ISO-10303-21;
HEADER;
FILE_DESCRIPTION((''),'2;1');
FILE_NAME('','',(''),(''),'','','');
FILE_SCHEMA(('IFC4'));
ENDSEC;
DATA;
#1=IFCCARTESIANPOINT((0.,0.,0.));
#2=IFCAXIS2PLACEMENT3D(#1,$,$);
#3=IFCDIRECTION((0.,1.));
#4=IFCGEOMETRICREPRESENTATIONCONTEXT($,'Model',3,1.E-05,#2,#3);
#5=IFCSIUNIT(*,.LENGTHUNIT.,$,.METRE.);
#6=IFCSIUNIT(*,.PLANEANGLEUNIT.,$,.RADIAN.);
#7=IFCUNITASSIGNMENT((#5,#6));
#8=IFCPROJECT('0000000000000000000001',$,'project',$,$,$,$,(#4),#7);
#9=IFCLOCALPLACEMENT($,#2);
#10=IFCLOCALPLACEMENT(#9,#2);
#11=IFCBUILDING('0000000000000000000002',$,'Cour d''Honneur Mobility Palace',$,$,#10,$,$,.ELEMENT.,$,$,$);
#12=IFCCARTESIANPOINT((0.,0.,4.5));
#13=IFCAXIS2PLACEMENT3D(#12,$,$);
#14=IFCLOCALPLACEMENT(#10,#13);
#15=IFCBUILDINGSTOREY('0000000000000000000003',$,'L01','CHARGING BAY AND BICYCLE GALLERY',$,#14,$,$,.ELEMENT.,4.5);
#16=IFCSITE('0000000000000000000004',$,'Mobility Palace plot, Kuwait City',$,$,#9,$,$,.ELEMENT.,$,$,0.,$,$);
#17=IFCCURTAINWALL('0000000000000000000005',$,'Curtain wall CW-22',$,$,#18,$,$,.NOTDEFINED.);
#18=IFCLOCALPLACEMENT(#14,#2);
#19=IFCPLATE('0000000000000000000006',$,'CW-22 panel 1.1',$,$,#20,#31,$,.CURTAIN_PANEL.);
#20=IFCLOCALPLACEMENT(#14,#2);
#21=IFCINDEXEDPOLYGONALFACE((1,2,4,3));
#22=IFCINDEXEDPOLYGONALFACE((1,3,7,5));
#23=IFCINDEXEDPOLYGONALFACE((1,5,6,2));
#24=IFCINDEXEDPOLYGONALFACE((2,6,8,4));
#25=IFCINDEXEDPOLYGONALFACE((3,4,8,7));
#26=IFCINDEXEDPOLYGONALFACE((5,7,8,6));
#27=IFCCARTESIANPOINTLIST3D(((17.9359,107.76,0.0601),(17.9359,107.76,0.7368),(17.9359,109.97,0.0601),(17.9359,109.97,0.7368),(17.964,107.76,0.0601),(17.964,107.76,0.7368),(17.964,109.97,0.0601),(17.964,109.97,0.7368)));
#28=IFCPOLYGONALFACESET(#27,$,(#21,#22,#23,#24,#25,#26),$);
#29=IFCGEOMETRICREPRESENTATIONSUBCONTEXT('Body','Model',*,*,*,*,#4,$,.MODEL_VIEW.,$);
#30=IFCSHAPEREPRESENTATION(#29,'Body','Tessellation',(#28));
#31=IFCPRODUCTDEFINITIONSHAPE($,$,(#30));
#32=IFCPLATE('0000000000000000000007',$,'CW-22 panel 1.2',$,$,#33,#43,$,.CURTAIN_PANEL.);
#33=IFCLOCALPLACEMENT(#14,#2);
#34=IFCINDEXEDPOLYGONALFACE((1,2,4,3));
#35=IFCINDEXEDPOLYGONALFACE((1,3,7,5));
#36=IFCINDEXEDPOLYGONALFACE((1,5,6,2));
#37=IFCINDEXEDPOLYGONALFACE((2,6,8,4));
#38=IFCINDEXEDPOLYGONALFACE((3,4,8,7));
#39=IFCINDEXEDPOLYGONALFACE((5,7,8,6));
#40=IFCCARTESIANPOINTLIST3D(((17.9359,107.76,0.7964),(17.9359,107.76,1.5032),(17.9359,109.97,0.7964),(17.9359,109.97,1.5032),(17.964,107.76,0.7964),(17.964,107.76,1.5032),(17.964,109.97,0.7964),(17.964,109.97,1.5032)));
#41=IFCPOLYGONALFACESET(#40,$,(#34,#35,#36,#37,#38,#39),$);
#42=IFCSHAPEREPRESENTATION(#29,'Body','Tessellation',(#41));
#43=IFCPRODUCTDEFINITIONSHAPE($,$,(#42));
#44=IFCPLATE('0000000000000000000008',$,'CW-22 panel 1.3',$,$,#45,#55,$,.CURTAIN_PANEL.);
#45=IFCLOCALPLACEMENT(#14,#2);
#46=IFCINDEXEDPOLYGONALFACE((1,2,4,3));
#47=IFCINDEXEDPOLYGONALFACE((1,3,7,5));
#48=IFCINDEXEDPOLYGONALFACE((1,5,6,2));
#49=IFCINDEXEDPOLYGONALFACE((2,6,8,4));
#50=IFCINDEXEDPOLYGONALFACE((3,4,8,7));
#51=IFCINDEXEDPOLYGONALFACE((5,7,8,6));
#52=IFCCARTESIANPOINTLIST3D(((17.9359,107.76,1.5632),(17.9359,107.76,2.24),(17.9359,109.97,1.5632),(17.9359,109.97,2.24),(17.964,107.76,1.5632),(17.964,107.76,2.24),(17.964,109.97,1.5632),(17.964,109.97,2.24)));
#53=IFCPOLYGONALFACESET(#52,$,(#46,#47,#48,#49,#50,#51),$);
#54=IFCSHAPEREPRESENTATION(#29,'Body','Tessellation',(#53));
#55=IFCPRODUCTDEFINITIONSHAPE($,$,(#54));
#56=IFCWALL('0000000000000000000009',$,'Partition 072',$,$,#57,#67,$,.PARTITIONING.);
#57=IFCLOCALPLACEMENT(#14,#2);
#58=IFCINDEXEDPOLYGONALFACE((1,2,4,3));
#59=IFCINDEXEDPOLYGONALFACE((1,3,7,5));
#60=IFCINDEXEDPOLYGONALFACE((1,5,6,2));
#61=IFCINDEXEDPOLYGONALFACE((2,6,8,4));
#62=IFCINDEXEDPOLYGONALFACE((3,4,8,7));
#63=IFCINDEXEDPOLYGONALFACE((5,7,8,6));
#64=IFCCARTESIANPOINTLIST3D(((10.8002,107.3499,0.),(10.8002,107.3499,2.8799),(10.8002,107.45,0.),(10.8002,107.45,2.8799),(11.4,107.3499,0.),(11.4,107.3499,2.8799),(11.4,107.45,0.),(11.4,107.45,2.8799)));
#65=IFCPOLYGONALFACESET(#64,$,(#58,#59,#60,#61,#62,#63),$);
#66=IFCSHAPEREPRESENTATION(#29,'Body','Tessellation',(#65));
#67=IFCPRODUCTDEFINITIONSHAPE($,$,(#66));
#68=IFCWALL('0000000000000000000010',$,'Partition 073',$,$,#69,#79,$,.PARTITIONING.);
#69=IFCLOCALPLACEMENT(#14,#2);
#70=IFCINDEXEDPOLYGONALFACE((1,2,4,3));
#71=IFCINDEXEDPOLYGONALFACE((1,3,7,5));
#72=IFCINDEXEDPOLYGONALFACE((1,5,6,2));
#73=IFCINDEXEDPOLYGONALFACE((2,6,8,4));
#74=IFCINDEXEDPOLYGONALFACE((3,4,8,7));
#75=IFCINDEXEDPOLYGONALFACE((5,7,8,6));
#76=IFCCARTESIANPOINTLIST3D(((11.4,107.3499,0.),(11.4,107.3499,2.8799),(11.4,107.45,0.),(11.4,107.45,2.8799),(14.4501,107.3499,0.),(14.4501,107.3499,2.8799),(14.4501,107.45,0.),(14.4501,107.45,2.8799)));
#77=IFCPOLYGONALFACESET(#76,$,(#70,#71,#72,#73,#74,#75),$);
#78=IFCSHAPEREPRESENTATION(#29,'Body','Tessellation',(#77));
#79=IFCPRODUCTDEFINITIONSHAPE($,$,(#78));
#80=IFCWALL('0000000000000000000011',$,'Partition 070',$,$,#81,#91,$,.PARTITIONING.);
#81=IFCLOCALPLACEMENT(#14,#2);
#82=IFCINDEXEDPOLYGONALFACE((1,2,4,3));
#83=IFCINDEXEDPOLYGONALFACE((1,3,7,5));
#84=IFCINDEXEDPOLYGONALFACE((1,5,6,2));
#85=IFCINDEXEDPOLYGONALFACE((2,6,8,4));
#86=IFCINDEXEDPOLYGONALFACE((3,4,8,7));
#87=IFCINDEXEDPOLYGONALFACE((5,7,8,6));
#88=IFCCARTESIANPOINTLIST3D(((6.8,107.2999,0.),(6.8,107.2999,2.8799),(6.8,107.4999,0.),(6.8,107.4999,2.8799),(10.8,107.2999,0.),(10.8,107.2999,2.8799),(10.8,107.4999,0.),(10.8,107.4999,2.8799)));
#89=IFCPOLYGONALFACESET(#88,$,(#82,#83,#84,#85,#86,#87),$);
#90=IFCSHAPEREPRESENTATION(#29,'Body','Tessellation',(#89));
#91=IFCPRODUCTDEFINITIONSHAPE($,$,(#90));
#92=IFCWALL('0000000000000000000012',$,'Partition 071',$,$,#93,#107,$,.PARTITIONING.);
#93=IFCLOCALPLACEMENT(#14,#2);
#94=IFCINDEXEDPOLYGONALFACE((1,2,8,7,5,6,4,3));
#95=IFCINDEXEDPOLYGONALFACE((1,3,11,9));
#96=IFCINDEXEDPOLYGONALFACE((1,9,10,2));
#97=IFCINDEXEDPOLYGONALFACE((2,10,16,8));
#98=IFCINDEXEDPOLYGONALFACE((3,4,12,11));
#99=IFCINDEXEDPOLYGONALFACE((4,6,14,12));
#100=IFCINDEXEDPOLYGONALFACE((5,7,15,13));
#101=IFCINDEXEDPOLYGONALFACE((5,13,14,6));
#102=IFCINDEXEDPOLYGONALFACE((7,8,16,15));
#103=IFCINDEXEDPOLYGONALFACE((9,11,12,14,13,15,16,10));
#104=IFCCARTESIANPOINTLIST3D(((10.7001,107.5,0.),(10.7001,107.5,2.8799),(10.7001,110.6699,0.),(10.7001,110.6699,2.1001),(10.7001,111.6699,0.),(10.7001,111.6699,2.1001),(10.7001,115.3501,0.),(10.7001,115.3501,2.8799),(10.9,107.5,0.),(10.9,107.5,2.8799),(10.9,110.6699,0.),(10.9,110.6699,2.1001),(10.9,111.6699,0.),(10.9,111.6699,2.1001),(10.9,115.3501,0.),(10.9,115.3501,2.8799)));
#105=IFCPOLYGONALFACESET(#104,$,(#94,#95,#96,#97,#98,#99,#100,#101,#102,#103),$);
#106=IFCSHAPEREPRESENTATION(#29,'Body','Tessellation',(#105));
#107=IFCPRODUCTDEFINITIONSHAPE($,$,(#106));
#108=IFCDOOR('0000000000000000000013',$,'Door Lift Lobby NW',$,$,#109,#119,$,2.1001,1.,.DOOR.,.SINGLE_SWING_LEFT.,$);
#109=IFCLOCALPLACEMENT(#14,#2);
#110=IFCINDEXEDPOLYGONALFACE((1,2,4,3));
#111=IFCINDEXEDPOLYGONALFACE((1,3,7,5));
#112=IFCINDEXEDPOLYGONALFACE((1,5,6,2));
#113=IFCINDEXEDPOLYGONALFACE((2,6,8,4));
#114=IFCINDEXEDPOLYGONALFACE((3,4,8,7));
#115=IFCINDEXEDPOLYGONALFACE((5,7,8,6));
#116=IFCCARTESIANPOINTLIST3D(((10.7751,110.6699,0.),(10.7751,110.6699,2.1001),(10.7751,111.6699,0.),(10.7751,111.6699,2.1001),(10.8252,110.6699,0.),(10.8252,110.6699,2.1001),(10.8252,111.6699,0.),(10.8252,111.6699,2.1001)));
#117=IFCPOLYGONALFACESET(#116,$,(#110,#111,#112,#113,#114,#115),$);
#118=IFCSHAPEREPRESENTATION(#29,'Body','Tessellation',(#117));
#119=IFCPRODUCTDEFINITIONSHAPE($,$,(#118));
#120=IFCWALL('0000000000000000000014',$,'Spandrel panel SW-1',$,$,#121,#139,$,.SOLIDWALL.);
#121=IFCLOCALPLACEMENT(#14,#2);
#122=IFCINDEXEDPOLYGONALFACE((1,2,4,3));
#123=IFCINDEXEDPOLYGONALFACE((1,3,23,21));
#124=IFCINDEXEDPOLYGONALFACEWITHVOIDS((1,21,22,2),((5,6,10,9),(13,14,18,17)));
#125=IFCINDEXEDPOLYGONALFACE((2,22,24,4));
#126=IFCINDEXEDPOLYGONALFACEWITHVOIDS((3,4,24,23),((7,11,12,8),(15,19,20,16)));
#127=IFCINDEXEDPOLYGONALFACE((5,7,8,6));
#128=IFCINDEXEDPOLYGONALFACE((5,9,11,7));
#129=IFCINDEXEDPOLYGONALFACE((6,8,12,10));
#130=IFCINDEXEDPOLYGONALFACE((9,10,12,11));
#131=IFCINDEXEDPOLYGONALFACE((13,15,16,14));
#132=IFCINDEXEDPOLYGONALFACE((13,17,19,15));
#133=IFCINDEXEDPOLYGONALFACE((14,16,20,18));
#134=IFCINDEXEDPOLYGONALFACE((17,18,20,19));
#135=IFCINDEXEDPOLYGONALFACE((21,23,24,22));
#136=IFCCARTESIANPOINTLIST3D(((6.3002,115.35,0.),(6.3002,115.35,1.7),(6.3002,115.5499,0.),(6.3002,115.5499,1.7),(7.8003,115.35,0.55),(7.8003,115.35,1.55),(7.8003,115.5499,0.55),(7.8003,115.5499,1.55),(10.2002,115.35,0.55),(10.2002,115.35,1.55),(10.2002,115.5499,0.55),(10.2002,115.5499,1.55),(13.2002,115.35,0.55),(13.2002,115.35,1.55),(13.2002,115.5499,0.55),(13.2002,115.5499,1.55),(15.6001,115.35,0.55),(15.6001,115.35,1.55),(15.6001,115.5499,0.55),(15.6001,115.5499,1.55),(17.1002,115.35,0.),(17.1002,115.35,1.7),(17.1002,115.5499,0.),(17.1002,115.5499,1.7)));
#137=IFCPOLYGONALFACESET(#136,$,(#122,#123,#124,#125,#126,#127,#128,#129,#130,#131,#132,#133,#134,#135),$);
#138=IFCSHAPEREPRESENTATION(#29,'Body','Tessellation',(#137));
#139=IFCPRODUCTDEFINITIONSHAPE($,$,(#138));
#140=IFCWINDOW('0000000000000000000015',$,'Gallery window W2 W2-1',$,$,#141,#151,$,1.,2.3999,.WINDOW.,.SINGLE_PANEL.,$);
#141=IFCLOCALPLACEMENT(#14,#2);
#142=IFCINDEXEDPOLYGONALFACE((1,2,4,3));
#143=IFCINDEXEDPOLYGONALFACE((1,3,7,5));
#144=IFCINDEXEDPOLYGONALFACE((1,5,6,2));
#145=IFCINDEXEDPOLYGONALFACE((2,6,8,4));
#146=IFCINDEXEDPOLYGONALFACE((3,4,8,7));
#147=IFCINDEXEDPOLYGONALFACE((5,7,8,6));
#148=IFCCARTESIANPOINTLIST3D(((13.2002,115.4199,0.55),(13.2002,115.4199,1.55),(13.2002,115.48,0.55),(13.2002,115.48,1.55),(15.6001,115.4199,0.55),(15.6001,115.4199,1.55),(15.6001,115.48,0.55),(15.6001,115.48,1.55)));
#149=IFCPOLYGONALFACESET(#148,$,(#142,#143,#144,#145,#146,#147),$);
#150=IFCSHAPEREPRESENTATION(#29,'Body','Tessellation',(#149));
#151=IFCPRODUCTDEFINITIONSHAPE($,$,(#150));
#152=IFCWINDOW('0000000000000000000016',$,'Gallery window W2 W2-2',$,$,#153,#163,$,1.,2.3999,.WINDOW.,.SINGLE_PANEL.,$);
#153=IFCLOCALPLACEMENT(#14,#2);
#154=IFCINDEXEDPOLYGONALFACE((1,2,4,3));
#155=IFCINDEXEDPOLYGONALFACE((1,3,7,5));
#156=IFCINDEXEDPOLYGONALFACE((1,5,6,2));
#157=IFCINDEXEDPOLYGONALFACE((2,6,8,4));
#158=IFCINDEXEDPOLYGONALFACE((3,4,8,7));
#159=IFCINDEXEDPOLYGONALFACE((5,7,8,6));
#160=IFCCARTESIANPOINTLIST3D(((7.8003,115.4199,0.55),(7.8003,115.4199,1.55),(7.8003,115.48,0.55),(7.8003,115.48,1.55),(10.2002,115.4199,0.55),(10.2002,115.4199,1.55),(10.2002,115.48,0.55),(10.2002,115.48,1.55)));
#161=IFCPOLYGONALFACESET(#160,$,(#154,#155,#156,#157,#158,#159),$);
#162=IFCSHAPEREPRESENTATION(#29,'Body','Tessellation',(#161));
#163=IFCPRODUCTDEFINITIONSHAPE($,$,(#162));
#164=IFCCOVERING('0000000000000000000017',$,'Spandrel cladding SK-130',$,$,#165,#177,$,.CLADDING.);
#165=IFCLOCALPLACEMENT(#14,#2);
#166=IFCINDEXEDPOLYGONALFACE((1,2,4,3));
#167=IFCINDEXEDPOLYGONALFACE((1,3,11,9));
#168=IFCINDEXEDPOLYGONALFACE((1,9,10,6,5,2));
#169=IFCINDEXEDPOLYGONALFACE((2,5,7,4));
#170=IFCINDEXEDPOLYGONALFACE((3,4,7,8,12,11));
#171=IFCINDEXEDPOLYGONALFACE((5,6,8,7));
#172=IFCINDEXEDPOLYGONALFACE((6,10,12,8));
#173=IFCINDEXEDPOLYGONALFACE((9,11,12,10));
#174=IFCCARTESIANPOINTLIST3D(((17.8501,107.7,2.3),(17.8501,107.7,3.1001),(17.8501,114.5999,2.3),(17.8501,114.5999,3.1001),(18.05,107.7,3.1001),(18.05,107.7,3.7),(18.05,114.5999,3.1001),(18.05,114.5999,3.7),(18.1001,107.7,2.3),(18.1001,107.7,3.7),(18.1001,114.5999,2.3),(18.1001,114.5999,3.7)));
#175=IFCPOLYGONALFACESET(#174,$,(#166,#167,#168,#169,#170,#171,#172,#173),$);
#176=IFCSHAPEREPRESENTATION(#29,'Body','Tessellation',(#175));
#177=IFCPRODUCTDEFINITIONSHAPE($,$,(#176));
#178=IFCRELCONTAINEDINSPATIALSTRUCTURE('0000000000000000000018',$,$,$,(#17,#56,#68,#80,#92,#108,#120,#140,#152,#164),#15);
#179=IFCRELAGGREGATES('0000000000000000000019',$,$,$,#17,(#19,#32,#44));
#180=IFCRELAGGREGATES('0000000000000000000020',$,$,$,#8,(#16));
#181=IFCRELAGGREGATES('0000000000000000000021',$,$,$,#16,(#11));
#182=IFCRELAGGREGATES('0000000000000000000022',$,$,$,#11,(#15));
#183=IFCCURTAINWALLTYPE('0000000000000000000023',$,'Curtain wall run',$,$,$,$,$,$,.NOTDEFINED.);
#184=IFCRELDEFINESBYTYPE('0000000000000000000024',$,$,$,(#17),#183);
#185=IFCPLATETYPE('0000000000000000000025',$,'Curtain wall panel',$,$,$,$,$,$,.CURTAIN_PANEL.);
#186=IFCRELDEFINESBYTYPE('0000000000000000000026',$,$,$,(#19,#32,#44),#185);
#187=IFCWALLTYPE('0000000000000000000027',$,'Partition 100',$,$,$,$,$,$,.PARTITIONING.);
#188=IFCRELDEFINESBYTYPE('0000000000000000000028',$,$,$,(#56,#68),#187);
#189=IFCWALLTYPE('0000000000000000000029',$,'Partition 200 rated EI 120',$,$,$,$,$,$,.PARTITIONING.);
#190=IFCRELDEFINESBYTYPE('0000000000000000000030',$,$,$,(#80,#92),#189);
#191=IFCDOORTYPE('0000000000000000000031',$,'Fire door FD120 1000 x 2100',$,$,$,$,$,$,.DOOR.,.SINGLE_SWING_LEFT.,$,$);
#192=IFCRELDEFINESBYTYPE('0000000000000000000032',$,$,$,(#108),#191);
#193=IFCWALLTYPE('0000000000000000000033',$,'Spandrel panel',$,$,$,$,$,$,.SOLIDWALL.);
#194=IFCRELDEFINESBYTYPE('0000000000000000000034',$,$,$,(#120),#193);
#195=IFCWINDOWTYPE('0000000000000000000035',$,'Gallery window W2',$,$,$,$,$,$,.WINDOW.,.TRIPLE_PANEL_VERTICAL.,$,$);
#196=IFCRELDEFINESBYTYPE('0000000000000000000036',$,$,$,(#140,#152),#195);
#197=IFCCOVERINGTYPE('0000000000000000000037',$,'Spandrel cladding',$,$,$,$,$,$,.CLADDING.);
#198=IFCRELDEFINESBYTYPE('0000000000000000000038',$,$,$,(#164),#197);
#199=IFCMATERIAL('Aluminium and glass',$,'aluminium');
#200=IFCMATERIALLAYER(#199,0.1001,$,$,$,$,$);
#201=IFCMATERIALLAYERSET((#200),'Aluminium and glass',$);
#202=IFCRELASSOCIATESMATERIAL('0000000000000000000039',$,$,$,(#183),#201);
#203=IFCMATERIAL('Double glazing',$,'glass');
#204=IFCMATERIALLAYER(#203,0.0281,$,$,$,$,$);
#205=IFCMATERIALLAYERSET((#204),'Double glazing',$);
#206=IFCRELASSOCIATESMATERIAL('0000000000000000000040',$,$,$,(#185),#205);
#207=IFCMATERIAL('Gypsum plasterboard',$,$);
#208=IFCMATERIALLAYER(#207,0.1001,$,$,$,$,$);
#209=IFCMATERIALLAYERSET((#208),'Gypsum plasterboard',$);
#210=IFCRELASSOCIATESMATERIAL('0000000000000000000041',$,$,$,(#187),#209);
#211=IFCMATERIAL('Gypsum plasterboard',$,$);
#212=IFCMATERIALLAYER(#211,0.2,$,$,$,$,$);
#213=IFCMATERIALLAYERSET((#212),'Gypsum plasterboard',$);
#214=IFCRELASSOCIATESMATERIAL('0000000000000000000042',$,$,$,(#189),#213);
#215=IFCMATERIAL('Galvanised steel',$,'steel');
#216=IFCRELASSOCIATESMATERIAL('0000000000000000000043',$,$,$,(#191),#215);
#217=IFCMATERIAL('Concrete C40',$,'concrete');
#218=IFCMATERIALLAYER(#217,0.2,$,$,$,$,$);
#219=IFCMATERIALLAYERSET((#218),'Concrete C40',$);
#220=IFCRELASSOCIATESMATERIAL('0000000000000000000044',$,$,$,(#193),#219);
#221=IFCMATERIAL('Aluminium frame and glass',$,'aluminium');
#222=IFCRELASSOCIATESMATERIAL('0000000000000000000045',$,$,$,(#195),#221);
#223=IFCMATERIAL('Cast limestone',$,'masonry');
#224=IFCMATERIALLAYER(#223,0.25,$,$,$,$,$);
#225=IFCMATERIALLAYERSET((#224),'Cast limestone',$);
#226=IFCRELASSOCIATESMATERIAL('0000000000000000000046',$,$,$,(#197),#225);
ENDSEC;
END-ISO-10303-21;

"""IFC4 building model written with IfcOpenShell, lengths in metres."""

from ifc_helpers import new_model, si_unit, direction, frame, frame_2d, origin, origin_2d, place, context, subcontext, project, spatial, polyline, rectangle, outline, extrude, material, layer, layer_set, type_object, element, fill, aggregate, save


model = new_model("IFC4")

# Units and contexts
model_context = context("Model", 3, precision=1e-05, world=origin(), true_north=direction((0.0, 1.0)))
body_context = subcontext(model_context, "Body", "Model", "MODEL_VIEW")
ifc_project = project(units=[si_unit("LENGTHUNIT", "METRE"), si_unit("PLANEANGLEUNIT", "RADIAN")], contexts=[model_context])

# Site, building, storey
site_placement = place(None, origin())
site = spatial("IfcSite", under=ifc_project, at=site_placement, Name="Mobility Palace plot, Kuwait City", CompositionType="ELEMENT", RefElevation=0.0)
building_placement = place(site_placement, origin())
building = spatial("IfcBuilding", under=site, at=building_placement, Name="Cour d'Honneur Mobility Palace", CompositionType="ELEMENT")
storey_placement = place(building_placement, frame((0.0, 0.0, 4.5)))
storey = spatial("IfcBuildingStorey", under=building, at=storey_placement, Name="L01", Description="CHARGING BAY AND BICYCLE GALLERY", CompositionType="ELEMENT", Elevation=4.5)

# Shared definitions
ifc_material_1 = material(Name="Aluminium and glass", Category="aluminium")
ifc_layer_1 = layer(ifc_material_1, 0.1001)
ifc_layer_set_1 = layer_set([ifc_layer_1], Name="Aluminium and glass")
curtain_wall_type = type_object("IfcCurtainWallType", Name="Curtain wall run", PredefinedType="NOTDEFINED", material=ifc_layer_set_1)

# Curtain wall
curtain_wall_1_placement = place(storey_placement, origin())
curtain_wall_1 = element("IfcCurtainWall", 1, at=curtain_wall_1_placement, inside=storey, type_object=curtain_wall_type, Name="Curtain wall CW-22", PredefinedType="NOTDEFINED")

# Plates
ifc_material_2 = material(Name="Double glazing", Category="glass")
ifc_layer_2 = layer(ifc_material_2, 0.0281)
ifc_layer_set_2 = layer_set([ifc_layer_2], Name="Double glazing")
plate_type = type_object("IfcPlateType", Name="Curtain wall panel", PredefinedType="CURTAIN_PANEL", material=ifc_layer_set_2)
plate_1_placement = place(storey_placement, frame((17.95, 108.865, 0.0601), z_axis=(0.0, 0.0, 1.0), x_axis=(0.0, 1.0, 0.0)))
plate_1 = element("IfcPlate", 2, at=plate_1_placement, type_object=plate_type, Name="CW-22 panel 1.1", PredefinedType="CURTAIN_PANEL", context=body_context, shape_type="SweptSolid", body=[
    extrude(rectangle(XDim=2.21, YDim=0.0281, at=origin_2d()), origin(), (0.0, 0.0, 1.0), 0.6768),
])
plate_2_placement = place(storey_placement, frame((17.95, 108.865, 0.7964), z_axis=(0.0, 0.0, 1.0), x_axis=(0.0, 1.0, 0.0)))
plate_2 = element("IfcPlate", 3, at=plate_2_placement, type_object=plate_type, Name="CW-22 panel 1.2", PredefinedType="CURTAIN_PANEL", context=body_context, shape_type="SweptSolid", body=[
    extrude(rectangle(XDim=2.21, YDim=0.0281, at=origin_2d()), origin(), (0.0, 0.0, 1.0), 0.7068),
])
plate_3_placement = place(storey_placement, frame((17.95, 108.865, 1.5632), z_axis=(0.0, 0.0, 1.0), x_axis=(0.0, 1.0, 0.0)))
plate_3 = element("IfcPlate", 4, at=plate_3_placement, type_object=plate_type, Name="CW-22 panel 1.3", PredefinedType="CURTAIN_PANEL", context=body_context, shape_type="SweptSolid", body=[
    extrude(rectangle(XDim=2.21, YDim=0.0281, at=origin_2d()), origin(), (0.0, 0.0, 1.0), 0.6768),
])
aggregate(curtain_wall_1, [plate_1, plate_2, plate_3])

# Walls
ifc_material_3 = material(Name="Gypsum plasterboard")
ifc_layer_3 = layer(ifc_material_3, 0.1001)
ifc_layer_set_3 = layer_set([ifc_layer_3], Name="Gypsum plasterboard")
wall_type_1 = type_object("IfcWallType", Name="Partition 100", PredefinedType="PARTITIONING", material=ifc_layer_set_3)
wall_1_placement = place(storey_placement, frame((11.3999, 107.3999, 0.0), z_axis=(0.0, 0.0, 1.0), x_axis=(-1.0, 0.0, 0.0)))
element("IfcWall", 5, at=wall_1_placement, inside=storey, type_object=wall_type_1, Name="Partition 072", PredefinedType="PARTITIONING", context=body_context, shape_type="SweptSolid", body=[
    extrude(rectangle(XDim=0.5999, YDim=0.1001, at=frame_2d((0.2998, 0.0))), origin(), (0.0, 0.0, 1.0), 2.8799),
])
wall_2_placement = place(storey_placement, frame((14.45, 107.3999, 0.0), z_axis=(0.0, 0.0, 1.0), x_axis=(-1.0, 0.0, 0.0)))
element("IfcWall", 6, at=wall_2_placement, inside=storey, type_object=wall_type_1, Name="Partition 073", PredefinedType="PARTITIONING", context=body_context, shape_type="SweptSolid", body=[
    extrude(rectangle(XDim=3.05, YDim=0.1001, at=frame_2d((1.5249, 0.0))), origin(), (0.0, 0.0, 1.0), 2.8799),
])
ifc_material_4 = material(Name="Gypsum plasterboard")
ifc_layer_4 = layer(ifc_material_4, 0.2)
ifc_layer_set_4 = layer_set([ifc_layer_4], Name="Gypsum plasterboard")
wall_type_2 = type_object("IfcWallType", Name="Partition 200 rated EI 120", PredefinedType="PARTITIONING", material=ifc_layer_set_4)
wall_3_placement = place(storey_placement, frame((6.8, 107.3999, 0.0), z_axis=(0.0, 0.0, 1.0), x_axis=(1.0, 0.0, 0.0)))
element("IfcWall", 7, at=wall_3_placement, inside=storey, type_object=wall_type_2, Name="Partition 070", PredefinedType="PARTITIONING", context=body_context, shape_type="SweptSolid", body=[
    extrude(rectangle(XDim=4.0, YDim=0.2, at=frame_2d((2.0, 0.0))), origin(), (0.0, 0.0, 1.0), 2.8799),
])

# Wall, opening, door
wall_4_placement = place(storey_placement, frame((10.8, 107.5, 0.0), z_axis=(0.0, 0.0, 1.0), x_axis=(0.0, 1.0, 0.0)))
wall_4 = element("IfcWall", 8, at=wall_4_placement, inside=storey, type_object=wall_type_2, Name="Partition 071", PredefinedType="PARTITIONING", context=body_context, shape_type="SweptSolid", body=[
    extrude(rectangle(XDim=7.8501, YDim=0.2, at=frame_2d((3.925, 0.0))), origin(), (0.0, 0.0, 1.0), 2.8799),
])
opening_1_placement = place(wall_4_placement, frame((3.1699, 0.0, 0.0)))
opening_1 = element("IfcOpeningElement", 9, at=opening_1_placement, cuts=wall_4, PredefinedType="OPENING", context=body_context, shape_type="SweptSolid", body=[
    extrude(rectangle(XDim=1.0, YDim=2.1001, at=frame_2d((0.5, 1.05))), frame((0.0, 0.1099, 0.0), z_axis=(0.0, -1.0, 0.0), x_axis=(1.0, 0.0, 0.0)), (0.0, 0.0, 1.0), 0.22),
])
ifc_material_5 = material(Name="Galvanised steel", Category="steel")
door_type = type_object("IfcDoorType", Name="Fire door FD120 1000 x 2100", OperationType="SINGLE_SWING_LEFT", PredefinedType="DOOR", material=ifc_material_5)
door_placement = place(opening_1_placement, origin())
door = element("IfcDoor", 10, at=door_placement, inside=storey, type_object=door_type, Name="Door Lift Lobby NW", OperationType="SINGLE_SWING_LEFT", OverallHeight=2.1001, OverallWidth=1.0, PredefinedType="DOOR", context=body_context, shape_type="SweptSolid", body=[
    extrude(rectangle(XDim=1.0, YDim=2.1001, at=frame_2d((0.5, 1.05))), frame((0.0, 0.0249, 0.0), z_axis=(0.0, -1.0, 0.0), x_axis=(1.0, 0.0, 0.0)), (0.0, 0.0, 1.0), 0.05),
])
fill(opening_1, door)

# Wall, openings, windows
ifc_material_6 = material(Name="Concrete C40", Category="concrete")
ifc_layer_5 = layer(ifc_material_6, 0.2)
ifc_layer_set_5 = layer_set([ifc_layer_5], Name="Concrete C40")
wall_type_3 = type_object("IfcWallType", Name="Spandrel panel", PredefinedType="SOLIDWALL", material=ifc_layer_set_5)
wall_5_placement = place(storey_placement, frame((17.1001, 115.45, 0.0), z_axis=(0.0, 0.0, 1.0), x_axis=(-1.0, 0.0, 0.0)))
wall_5 = element("IfcWall", 11, at=wall_5_placement, inside=storey, type_object=wall_type_3, Name="Spandrel panel SW-1", PredefinedType="SOLIDWALL", context=body_context, shape_type="SweptSolid", body=[
    extrude(rectangle(XDim=10.8, YDim=0.2, at=frame_2d((5.3999, 0.0))), origin(), (0.0, 0.0, 1.0), 1.7),
])
opening_2_placement = place(wall_5_placement, frame((1.5, 0.0, 0.55)))
opening_2 = element("IfcOpeningElement", 12, at=opening_2_placement, cuts=wall_5, PredefinedType="OPENING", context=body_context, shape_type="SweptSolid", body=[
    extrude(rectangle(XDim=2.3999, YDim=1.0, at=frame_2d((1.2, 0.5))), frame((0.0, 0.1099, 0.0), z_axis=(0.0, -1.0, 0.0), x_axis=(1.0, 0.0, 0.0)), (0.0, 0.0, 1.0), 0.22),
])
opening_3_placement = place(wall_5_placement, frame((6.8999, 0.0, 0.55)))
opening_3 = element("IfcOpeningElement", 13, at=opening_3_placement, cuts=wall_5, PredefinedType="OPENING", context=body_context, shape_type="SweptSolid", body=[
    extrude(rectangle(XDim=2.3999, YDim=1.0, at=frame_2d((1.2, 0.5))), frame((0.0, 0.1099, 0.0), z_axis=(0.0, -1.0, 0.0), x_axis=(1.0, 0.0, 0.0)), (0.0, 0.0, 1.0), 0.22),
])
ifc_material_7 = material(Name="Aluminium frame and glass", Category="aluminium")
window_type = type_object("IfcWindowType", Name="Gallery window W2", PartitioningType="TRIPLE_PANEL_VERTICAL", PredefinedType="WINDOW", material=ifc_material_7)
window_1_placement = place(opening_2_placement, origin())
window_1 = element("IfcWindow", 14, at=window_1_placement, inside=storey, type_object=window_type, Name="Gallery window W2 W2-1", OverallHeight=1.0, OverallWidth=2.3999, PartitioningType="SINGLE_PANEL", PredefinedType="WINDOW", context=body_context, shape_type="SweptSolid", body=[
    extrude(rectangle(XDim=2.3999, YDim=1.0, at=frame_2d((1.2, 0.5))), frame((0.0, 0.03, 0.0), z_axis=(0.0, -1.0, 0.0), x_axis=(1.0, 0.0, 0.0)), (0.0, 0.0, 1.0), 0.0601),
])
fill(opening_2, window_1)
window_2_placement = place(opening_3_placement, origin())
window_2 = element("IfcWindow", 15, at=window_2_placement, inside=storey, type_object=window_type, Name="Gallery window W2 W2-2", OverallHeight=1.0, OverallWidth=2.3999, PartitioningType="SINGLE_PANEL", PredefinedType="WINDOW", context=body_context, shape_type="SweptSolid", body=[
    extrude(rectangle(XDim=2.3999, YDim=1.0, at=frame_2d((1.2, 0.5))), frame((0.0, 0.03, 0.0), z_axis=(0.0, -1.0, 0.0), x_axis=(1.0, 0.0, 0.0)), (0.0, 0.0, 1.0), 0.0601),
])
fill(opening_3, window_2)

# Covering
ifc_material_8 = material(Name="Cast limestone", Category="masonry")
ifc_layer_6 = layer(ifc_material_8, 0.25)
ifc_layer_set_6 = layer_set([ifc_layer_6], Name="Cast limestone")
covering_type = type_object("IfcCoveringType", Name="Spandrel cladding", PredefinedType="CLADDING", material=ifc_layer_set_6)
covering_placement = place(storey_placement, frame((17.8501, 107.7, 2.3), z_axis=(0.0, -1.0, 0.0), x_axis=(1.0, 0.0, 0.0)))
element("IfcCovering", 16, at=covering_placement, inside=storey, type_object=covering_type, Name="Spandrel cladding SK-130", PredefinedType="CLADDING", context=body_context, shape_type="SweptSolid", body=[
    extrude(outline(polyline([(0.0, 0.0), (0.25, 0.0), (0.25, 1.3999), (0.2, 1.3999), (0.2, 0.8), (0.0, 0.8), (0.0, 0.0)])), origin(), (0.0, 0.0, -1.0), 6.8999),
])

save(model, "model.ifc")
